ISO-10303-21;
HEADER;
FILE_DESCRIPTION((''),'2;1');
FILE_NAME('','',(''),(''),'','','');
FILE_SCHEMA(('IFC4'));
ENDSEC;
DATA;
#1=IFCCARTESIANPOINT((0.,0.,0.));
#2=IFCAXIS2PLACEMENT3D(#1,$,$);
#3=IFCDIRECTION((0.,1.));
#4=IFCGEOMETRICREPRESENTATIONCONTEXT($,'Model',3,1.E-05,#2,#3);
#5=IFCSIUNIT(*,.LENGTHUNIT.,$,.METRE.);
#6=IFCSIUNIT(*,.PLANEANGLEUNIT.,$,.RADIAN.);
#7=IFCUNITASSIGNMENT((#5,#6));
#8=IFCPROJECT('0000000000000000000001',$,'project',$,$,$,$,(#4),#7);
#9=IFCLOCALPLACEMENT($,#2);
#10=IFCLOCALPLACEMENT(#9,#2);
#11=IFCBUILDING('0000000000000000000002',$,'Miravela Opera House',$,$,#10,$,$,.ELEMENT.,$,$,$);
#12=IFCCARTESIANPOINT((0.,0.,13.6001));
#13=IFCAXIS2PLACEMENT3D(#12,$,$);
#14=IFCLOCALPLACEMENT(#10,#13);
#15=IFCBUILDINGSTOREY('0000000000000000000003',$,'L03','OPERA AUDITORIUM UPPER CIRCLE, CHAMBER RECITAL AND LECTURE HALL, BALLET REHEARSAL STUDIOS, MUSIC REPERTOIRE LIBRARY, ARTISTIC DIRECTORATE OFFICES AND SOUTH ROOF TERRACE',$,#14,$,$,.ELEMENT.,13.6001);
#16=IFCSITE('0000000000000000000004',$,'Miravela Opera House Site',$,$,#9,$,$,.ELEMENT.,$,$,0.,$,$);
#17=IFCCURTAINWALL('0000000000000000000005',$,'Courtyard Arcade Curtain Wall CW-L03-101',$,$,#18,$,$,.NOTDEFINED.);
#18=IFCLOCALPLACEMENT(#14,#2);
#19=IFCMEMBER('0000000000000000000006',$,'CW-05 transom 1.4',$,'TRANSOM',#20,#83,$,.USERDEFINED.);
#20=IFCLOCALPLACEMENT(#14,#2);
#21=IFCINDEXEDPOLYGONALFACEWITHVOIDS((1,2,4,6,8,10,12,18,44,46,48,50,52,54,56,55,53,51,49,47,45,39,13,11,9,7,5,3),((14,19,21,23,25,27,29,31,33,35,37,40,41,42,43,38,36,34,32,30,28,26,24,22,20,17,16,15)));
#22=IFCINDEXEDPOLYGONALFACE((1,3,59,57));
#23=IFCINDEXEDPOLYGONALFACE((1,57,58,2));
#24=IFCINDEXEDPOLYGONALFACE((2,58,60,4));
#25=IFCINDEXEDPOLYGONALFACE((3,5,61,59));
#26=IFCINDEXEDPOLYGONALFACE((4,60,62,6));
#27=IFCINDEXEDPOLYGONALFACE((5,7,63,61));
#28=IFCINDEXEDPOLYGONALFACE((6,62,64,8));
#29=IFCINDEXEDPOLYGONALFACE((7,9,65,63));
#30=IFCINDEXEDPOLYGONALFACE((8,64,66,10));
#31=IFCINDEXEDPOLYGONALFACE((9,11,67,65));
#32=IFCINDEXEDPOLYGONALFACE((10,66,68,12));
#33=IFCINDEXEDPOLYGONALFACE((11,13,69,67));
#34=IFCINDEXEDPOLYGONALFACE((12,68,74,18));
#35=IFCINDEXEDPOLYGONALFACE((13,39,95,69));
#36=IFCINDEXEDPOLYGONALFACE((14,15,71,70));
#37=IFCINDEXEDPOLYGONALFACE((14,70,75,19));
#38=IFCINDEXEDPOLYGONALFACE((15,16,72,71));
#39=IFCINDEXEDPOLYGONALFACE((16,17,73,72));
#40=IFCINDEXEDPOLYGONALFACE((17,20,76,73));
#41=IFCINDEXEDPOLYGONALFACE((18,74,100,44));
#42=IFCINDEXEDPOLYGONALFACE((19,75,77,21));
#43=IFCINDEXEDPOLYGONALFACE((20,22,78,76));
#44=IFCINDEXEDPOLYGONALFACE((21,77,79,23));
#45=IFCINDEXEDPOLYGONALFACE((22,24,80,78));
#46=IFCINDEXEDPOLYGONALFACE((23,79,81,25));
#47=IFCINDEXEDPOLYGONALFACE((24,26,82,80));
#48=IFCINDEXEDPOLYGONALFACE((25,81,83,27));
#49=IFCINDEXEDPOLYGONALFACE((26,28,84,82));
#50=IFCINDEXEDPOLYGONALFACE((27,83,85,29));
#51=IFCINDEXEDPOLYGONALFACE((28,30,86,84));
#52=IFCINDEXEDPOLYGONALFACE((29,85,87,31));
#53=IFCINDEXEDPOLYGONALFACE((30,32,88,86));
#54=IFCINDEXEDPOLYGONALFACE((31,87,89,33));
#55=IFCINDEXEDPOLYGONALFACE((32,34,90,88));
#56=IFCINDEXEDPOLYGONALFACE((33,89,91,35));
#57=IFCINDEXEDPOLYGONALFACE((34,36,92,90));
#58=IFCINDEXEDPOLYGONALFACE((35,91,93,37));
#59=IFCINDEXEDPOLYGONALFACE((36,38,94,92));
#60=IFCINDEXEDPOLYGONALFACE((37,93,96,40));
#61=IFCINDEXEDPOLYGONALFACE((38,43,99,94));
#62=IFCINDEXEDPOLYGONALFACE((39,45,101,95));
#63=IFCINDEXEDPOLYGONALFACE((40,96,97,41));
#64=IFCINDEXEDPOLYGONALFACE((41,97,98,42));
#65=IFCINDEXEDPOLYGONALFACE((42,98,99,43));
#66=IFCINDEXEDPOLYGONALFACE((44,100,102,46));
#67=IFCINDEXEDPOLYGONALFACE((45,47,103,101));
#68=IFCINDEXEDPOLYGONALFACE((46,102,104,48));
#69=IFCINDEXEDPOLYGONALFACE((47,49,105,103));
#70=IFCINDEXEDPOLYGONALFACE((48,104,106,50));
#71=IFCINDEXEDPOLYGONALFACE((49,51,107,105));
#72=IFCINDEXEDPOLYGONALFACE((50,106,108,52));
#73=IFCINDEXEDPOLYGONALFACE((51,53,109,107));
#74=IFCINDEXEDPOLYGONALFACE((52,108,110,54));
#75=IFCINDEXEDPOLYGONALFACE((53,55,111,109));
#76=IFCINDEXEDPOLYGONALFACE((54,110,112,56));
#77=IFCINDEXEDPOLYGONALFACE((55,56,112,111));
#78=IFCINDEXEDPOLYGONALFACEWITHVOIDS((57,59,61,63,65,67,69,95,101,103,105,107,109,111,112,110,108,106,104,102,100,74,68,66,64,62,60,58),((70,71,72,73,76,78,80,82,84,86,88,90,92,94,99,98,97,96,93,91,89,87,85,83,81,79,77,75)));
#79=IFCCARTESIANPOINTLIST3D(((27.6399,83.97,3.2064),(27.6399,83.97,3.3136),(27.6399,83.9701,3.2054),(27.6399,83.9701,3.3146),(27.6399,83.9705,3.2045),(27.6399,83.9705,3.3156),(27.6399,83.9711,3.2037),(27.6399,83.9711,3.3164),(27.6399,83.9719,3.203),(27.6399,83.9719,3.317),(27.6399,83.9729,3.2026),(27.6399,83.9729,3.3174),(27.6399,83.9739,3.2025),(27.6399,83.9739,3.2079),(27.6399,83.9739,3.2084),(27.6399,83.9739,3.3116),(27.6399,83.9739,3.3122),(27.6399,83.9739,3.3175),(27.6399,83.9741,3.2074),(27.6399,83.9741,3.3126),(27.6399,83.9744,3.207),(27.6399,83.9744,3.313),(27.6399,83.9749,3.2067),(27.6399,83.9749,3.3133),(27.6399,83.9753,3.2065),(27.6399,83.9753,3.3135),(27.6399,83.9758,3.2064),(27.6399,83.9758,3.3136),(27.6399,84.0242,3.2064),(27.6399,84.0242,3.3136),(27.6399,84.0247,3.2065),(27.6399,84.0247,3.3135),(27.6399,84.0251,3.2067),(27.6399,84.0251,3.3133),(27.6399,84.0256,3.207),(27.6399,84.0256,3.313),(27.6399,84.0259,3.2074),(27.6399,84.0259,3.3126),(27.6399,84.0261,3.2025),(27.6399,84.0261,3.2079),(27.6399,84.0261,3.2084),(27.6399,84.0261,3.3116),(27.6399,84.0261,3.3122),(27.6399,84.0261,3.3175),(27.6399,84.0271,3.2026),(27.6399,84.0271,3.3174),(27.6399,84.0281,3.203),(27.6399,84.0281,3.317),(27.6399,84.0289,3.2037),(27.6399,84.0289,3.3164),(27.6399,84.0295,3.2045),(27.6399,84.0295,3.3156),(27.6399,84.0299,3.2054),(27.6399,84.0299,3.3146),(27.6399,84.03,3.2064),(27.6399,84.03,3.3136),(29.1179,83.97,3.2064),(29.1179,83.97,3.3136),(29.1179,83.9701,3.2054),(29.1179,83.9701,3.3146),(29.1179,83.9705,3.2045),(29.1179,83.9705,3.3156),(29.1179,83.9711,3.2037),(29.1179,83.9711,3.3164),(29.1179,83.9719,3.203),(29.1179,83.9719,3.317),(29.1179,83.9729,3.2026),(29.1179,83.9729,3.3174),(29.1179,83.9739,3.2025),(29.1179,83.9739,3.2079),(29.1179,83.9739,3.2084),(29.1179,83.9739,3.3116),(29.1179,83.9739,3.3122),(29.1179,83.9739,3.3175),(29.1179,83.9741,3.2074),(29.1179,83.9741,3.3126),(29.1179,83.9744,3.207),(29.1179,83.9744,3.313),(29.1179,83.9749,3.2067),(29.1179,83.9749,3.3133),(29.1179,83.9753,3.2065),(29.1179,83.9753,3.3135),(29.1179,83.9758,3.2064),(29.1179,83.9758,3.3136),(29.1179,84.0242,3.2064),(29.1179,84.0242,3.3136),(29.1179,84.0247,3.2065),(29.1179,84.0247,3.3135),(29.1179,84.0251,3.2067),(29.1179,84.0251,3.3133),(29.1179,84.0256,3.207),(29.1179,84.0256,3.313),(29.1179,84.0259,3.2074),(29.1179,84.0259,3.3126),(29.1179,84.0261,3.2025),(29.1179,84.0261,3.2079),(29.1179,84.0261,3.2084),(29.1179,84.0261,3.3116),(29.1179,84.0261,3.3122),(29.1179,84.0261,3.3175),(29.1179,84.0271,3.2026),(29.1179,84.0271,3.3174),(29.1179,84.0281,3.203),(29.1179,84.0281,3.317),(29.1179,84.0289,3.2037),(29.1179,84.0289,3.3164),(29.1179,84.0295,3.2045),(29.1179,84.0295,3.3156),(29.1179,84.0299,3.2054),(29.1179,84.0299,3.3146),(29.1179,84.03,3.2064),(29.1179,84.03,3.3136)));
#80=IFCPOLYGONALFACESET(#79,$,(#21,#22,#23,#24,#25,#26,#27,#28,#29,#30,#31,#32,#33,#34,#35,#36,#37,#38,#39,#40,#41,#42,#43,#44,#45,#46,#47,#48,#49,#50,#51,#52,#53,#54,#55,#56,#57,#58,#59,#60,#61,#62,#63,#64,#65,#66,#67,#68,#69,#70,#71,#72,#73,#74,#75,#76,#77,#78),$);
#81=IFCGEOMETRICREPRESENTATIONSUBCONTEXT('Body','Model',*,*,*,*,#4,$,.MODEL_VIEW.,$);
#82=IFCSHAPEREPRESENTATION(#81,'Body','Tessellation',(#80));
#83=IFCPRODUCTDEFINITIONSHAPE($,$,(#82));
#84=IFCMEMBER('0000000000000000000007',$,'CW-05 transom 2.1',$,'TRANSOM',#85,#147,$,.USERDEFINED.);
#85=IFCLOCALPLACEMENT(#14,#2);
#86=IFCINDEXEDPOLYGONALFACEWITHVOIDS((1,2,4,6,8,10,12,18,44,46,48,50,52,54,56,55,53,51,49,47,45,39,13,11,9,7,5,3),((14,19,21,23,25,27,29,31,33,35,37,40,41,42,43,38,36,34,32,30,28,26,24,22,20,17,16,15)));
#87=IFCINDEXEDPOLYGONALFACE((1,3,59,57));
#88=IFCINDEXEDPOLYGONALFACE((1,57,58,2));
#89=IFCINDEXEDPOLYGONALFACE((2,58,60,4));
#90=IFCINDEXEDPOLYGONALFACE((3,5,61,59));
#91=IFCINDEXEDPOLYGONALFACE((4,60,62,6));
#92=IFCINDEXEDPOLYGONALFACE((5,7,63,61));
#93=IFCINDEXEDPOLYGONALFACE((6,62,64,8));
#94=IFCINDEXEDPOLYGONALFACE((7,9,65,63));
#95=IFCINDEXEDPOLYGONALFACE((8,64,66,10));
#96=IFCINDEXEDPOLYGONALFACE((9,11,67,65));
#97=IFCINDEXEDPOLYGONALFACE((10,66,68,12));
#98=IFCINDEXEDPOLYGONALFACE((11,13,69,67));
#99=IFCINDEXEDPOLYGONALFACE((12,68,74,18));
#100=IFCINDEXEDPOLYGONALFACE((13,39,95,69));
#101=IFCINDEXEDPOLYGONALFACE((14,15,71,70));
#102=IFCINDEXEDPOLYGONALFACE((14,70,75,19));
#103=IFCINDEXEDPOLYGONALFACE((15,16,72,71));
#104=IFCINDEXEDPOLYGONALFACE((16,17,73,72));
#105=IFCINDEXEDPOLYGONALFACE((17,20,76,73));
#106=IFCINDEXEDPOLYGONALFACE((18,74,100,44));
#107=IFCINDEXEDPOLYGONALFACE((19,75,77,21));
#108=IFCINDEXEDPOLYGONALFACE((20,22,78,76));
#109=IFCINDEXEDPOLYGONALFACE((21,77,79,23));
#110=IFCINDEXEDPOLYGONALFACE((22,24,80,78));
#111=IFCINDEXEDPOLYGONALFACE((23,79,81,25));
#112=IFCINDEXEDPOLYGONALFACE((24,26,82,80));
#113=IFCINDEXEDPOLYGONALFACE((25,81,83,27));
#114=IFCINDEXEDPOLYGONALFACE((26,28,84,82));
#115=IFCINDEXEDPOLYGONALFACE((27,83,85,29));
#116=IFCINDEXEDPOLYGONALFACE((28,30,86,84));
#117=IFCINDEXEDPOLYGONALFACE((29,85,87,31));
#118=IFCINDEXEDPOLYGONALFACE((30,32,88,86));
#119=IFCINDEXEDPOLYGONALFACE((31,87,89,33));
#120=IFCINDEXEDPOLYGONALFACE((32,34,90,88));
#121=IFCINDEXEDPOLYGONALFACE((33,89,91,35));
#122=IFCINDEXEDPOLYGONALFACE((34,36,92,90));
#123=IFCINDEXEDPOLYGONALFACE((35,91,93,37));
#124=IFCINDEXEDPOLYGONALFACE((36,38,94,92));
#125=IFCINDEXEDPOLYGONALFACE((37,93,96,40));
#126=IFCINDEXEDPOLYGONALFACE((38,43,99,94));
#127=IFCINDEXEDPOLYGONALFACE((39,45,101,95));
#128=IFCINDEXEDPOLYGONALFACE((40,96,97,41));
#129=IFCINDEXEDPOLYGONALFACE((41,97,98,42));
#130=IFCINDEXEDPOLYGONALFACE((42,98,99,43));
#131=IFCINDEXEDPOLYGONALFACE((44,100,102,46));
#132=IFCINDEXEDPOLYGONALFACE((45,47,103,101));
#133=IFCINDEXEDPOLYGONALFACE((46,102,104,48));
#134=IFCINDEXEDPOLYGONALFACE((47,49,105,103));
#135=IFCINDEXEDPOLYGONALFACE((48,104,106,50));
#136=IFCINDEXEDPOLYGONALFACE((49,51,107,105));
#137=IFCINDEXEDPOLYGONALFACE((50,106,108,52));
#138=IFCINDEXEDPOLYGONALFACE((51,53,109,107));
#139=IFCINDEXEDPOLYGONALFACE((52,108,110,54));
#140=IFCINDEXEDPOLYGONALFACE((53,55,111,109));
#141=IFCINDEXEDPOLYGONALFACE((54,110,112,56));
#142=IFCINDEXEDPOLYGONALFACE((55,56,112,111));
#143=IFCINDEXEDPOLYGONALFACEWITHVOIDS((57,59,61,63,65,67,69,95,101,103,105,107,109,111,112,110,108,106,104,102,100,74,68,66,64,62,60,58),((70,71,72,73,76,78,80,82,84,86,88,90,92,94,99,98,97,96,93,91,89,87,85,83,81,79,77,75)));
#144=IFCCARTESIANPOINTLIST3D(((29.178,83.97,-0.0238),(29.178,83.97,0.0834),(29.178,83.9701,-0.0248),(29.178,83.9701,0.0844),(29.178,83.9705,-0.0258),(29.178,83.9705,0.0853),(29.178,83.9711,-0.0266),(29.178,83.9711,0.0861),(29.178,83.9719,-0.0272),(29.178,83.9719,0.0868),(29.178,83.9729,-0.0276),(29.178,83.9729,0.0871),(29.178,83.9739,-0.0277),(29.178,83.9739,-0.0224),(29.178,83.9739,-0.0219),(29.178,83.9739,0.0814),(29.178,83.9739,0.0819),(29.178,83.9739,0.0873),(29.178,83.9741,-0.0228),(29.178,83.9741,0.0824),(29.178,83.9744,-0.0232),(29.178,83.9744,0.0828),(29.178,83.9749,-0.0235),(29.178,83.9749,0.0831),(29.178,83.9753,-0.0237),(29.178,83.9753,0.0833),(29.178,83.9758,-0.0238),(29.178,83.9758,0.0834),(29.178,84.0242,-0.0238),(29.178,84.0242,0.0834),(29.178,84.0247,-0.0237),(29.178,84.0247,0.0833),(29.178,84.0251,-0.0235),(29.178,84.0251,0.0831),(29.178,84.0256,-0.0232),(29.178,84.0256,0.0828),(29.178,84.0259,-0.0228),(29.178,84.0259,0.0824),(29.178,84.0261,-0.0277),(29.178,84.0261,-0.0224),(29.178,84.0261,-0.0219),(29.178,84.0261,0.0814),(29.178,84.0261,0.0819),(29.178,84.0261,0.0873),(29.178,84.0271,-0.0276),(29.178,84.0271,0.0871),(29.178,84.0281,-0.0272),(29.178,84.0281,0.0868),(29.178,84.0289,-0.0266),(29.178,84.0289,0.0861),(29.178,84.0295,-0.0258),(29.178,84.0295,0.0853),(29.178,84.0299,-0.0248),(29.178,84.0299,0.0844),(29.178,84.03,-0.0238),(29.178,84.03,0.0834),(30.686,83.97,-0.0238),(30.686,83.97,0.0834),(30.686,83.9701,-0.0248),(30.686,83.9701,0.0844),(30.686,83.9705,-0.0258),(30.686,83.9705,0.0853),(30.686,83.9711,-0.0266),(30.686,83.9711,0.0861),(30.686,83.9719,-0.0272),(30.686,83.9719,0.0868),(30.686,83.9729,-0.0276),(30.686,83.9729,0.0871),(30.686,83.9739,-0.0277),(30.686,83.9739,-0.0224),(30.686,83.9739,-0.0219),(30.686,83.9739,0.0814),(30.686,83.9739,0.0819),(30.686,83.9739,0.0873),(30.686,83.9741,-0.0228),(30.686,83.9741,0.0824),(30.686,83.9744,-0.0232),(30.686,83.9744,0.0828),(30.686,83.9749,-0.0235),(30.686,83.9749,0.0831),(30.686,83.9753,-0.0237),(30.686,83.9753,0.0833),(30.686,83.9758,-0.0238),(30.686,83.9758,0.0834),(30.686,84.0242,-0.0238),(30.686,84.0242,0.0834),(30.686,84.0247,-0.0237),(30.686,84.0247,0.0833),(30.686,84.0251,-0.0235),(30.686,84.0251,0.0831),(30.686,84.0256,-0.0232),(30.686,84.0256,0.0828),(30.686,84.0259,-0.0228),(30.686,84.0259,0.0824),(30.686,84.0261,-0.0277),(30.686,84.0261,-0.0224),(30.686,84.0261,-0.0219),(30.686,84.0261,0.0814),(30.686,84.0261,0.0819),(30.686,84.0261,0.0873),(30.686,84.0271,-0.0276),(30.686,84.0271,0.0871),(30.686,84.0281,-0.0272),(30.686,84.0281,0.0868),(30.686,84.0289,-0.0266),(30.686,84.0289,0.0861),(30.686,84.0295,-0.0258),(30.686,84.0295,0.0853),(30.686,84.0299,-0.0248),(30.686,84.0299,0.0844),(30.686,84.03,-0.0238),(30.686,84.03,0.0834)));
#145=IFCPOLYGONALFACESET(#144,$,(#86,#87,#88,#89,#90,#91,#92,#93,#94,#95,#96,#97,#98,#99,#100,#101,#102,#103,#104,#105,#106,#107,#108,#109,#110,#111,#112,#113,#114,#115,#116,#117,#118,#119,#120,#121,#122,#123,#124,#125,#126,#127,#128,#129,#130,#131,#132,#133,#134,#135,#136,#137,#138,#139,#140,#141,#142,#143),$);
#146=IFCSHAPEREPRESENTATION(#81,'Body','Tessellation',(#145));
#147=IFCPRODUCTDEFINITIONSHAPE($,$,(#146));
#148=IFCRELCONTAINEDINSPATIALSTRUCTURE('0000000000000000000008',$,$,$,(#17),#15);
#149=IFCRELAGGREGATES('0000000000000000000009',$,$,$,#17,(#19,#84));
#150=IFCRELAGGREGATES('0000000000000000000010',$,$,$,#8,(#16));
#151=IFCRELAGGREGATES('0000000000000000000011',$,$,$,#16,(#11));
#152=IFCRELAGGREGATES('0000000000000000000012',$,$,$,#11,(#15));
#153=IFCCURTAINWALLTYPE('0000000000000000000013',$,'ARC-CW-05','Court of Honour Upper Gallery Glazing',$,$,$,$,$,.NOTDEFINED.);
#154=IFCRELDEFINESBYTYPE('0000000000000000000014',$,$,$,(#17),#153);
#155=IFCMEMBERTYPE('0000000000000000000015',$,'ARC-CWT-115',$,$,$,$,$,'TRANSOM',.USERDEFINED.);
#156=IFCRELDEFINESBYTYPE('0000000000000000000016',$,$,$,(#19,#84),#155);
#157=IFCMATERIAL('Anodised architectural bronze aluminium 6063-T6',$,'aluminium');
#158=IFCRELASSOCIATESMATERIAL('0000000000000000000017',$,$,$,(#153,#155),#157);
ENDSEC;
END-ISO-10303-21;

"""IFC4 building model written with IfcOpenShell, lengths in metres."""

from ifc_helpers import new_model, si_unit, direction, frame, origin, origin_2d, place, context, subcontext, project, spatial, hollow_rectangle, extrude, material, material_profile, profile_set, type_object, element, aggregate, save


model = new_model("IFC4")

# Units and contexts
model_context = context("Model", 3, precision=1e-05, world=origin(), true_north=direction((0.0, 1.0)))
body_context = subcontext(model_context, "Body", "Model", "MODEL_VIEW")
ifc_project = project(units=[si_unit("LENGTHUNIT", "METRE"), si_unit("PLANEANGLEUNIT", "RADIAN")], contexts=[model_context])

# Site, building, storey
site_placement = place(None, origin())
site = spatial("IfcSite", under=ifc_project, at=site_placement, Name="Miravela Opera House Site", CompositionType="ELEMENT", RefElevation=0.0)
building_placement = place(site_placement, origin())
building = spatial("IfcBuilding", under=site, at=building_placement, Name="Miravela Opera House", CompositionType="ELEMENT")
storey_placement = place(building_placement, frame((0.0, 0.0, 13.6001)))
storey = spatial("IfcBuildingStorey", under=building, at=storey_placement, Name="L03", Description="OPERA AUDITORIUM UPPER CIRCLE, CHAMBER RECITAL AND LECTURE HALL, BALLET REHEARSAL STUDIOS, MUSIC REPERTOIRE LIBRARY, ARTISTIC DIRECTORATE OFFICES AND SOUTH ROOF TERRACE", CompositionType="ELEMENT", Elevation=13.6001)

# Curtain wall, members
ifc_material_1 = material(Name="Anodised architectural bronze aluminium 6063-T6", Category="aluminium")
curtain_wall_type = type_object("IfcCurtainWallType", Name="ARC-CW-05", Description="Court of Honour Upper Gallery Glazing", PredefinedType="NOTDEFINED", material=ifc_material_1)
curtain_wall_placement = place(storey_placement, origin())
curtain_wall = element("IfcCurtainWall", 1, at=curtain_wall_placement, inside=storey, type_object=curtain_wall_type, Name="Courtyard Arcade Curtain Wall CW-L03-101", PredefinedType="NOTDEFINED")
ifc_material_profile_1 = material_profile(ifc_material_1, hollow_rectangle(XDim=0.0601, YDim=0.115, WallThickness=0.0039, InnerFilletRadius=0.002, OuterFilletRadius=0.0039, at=origin_2d()), Name="CWT-60X115")
ifc_profile_set_1 = profile_set([ifc_material_profile_1])
member_type_1 = type_object("IfcMemberType", Name="ARC-CWT-115", ElementType="TRANSOM", PredefinedType="USERDEFINED", material=ifc_profile_set_1)
member_1_placement = place(storey_placement, frame((27.6399, 84.0, 3.26), z_axis=(1.0, 0.0, 0.0), x_axis=(0.0, 1.0, 0.0)))
member_1 = element("IfcMember", 2, at=member_1_placement, type_object=member_type_1, Name="CW-05 transom 1.4", ObjectType="TRANSOM", PredefinedType="USERDEFINED", context=body_context, shape_type="SweptSolid", body=[
    extrude(hollow_rectangle(XDim=0.0601, YDim=0.115, WallThickness=0.0039, InnerFilletRadius=0.002, OuterFilletRadius=0.0039, at=origin_2d()), origin(), (0.0, 0.0, 1.0), 1.478),
])
member_2_placement = place(storey_placement, frame((29.178, 84.0, 0.0298), z_axis=(1.0, 0.0, 0.0), x_axis=(0.0, 1.0, 0.0)))
member_2 = element("IfcMember", 3, at=member_2_placement, type_object=member_type_1, Name="CW-05 transom 2.1", ObjectType="TRANSOM", PredefinedType="USERDEFINED", context=body_context, shape_type="SweptSolid", body=[
    extrude(hollow_rectangle(XDim=0.0601, YDim=0.115, WallThickness=0.0039, InnerFilletRadius=0.002, OuterFilletRadius=0.0039, at=origin_2d()), origin(), (0.0, 0.0, 1.0), 1.5081),
])

aggregate(curtain_wall, [member_1, member_2])

save(model, "model.ifc")
